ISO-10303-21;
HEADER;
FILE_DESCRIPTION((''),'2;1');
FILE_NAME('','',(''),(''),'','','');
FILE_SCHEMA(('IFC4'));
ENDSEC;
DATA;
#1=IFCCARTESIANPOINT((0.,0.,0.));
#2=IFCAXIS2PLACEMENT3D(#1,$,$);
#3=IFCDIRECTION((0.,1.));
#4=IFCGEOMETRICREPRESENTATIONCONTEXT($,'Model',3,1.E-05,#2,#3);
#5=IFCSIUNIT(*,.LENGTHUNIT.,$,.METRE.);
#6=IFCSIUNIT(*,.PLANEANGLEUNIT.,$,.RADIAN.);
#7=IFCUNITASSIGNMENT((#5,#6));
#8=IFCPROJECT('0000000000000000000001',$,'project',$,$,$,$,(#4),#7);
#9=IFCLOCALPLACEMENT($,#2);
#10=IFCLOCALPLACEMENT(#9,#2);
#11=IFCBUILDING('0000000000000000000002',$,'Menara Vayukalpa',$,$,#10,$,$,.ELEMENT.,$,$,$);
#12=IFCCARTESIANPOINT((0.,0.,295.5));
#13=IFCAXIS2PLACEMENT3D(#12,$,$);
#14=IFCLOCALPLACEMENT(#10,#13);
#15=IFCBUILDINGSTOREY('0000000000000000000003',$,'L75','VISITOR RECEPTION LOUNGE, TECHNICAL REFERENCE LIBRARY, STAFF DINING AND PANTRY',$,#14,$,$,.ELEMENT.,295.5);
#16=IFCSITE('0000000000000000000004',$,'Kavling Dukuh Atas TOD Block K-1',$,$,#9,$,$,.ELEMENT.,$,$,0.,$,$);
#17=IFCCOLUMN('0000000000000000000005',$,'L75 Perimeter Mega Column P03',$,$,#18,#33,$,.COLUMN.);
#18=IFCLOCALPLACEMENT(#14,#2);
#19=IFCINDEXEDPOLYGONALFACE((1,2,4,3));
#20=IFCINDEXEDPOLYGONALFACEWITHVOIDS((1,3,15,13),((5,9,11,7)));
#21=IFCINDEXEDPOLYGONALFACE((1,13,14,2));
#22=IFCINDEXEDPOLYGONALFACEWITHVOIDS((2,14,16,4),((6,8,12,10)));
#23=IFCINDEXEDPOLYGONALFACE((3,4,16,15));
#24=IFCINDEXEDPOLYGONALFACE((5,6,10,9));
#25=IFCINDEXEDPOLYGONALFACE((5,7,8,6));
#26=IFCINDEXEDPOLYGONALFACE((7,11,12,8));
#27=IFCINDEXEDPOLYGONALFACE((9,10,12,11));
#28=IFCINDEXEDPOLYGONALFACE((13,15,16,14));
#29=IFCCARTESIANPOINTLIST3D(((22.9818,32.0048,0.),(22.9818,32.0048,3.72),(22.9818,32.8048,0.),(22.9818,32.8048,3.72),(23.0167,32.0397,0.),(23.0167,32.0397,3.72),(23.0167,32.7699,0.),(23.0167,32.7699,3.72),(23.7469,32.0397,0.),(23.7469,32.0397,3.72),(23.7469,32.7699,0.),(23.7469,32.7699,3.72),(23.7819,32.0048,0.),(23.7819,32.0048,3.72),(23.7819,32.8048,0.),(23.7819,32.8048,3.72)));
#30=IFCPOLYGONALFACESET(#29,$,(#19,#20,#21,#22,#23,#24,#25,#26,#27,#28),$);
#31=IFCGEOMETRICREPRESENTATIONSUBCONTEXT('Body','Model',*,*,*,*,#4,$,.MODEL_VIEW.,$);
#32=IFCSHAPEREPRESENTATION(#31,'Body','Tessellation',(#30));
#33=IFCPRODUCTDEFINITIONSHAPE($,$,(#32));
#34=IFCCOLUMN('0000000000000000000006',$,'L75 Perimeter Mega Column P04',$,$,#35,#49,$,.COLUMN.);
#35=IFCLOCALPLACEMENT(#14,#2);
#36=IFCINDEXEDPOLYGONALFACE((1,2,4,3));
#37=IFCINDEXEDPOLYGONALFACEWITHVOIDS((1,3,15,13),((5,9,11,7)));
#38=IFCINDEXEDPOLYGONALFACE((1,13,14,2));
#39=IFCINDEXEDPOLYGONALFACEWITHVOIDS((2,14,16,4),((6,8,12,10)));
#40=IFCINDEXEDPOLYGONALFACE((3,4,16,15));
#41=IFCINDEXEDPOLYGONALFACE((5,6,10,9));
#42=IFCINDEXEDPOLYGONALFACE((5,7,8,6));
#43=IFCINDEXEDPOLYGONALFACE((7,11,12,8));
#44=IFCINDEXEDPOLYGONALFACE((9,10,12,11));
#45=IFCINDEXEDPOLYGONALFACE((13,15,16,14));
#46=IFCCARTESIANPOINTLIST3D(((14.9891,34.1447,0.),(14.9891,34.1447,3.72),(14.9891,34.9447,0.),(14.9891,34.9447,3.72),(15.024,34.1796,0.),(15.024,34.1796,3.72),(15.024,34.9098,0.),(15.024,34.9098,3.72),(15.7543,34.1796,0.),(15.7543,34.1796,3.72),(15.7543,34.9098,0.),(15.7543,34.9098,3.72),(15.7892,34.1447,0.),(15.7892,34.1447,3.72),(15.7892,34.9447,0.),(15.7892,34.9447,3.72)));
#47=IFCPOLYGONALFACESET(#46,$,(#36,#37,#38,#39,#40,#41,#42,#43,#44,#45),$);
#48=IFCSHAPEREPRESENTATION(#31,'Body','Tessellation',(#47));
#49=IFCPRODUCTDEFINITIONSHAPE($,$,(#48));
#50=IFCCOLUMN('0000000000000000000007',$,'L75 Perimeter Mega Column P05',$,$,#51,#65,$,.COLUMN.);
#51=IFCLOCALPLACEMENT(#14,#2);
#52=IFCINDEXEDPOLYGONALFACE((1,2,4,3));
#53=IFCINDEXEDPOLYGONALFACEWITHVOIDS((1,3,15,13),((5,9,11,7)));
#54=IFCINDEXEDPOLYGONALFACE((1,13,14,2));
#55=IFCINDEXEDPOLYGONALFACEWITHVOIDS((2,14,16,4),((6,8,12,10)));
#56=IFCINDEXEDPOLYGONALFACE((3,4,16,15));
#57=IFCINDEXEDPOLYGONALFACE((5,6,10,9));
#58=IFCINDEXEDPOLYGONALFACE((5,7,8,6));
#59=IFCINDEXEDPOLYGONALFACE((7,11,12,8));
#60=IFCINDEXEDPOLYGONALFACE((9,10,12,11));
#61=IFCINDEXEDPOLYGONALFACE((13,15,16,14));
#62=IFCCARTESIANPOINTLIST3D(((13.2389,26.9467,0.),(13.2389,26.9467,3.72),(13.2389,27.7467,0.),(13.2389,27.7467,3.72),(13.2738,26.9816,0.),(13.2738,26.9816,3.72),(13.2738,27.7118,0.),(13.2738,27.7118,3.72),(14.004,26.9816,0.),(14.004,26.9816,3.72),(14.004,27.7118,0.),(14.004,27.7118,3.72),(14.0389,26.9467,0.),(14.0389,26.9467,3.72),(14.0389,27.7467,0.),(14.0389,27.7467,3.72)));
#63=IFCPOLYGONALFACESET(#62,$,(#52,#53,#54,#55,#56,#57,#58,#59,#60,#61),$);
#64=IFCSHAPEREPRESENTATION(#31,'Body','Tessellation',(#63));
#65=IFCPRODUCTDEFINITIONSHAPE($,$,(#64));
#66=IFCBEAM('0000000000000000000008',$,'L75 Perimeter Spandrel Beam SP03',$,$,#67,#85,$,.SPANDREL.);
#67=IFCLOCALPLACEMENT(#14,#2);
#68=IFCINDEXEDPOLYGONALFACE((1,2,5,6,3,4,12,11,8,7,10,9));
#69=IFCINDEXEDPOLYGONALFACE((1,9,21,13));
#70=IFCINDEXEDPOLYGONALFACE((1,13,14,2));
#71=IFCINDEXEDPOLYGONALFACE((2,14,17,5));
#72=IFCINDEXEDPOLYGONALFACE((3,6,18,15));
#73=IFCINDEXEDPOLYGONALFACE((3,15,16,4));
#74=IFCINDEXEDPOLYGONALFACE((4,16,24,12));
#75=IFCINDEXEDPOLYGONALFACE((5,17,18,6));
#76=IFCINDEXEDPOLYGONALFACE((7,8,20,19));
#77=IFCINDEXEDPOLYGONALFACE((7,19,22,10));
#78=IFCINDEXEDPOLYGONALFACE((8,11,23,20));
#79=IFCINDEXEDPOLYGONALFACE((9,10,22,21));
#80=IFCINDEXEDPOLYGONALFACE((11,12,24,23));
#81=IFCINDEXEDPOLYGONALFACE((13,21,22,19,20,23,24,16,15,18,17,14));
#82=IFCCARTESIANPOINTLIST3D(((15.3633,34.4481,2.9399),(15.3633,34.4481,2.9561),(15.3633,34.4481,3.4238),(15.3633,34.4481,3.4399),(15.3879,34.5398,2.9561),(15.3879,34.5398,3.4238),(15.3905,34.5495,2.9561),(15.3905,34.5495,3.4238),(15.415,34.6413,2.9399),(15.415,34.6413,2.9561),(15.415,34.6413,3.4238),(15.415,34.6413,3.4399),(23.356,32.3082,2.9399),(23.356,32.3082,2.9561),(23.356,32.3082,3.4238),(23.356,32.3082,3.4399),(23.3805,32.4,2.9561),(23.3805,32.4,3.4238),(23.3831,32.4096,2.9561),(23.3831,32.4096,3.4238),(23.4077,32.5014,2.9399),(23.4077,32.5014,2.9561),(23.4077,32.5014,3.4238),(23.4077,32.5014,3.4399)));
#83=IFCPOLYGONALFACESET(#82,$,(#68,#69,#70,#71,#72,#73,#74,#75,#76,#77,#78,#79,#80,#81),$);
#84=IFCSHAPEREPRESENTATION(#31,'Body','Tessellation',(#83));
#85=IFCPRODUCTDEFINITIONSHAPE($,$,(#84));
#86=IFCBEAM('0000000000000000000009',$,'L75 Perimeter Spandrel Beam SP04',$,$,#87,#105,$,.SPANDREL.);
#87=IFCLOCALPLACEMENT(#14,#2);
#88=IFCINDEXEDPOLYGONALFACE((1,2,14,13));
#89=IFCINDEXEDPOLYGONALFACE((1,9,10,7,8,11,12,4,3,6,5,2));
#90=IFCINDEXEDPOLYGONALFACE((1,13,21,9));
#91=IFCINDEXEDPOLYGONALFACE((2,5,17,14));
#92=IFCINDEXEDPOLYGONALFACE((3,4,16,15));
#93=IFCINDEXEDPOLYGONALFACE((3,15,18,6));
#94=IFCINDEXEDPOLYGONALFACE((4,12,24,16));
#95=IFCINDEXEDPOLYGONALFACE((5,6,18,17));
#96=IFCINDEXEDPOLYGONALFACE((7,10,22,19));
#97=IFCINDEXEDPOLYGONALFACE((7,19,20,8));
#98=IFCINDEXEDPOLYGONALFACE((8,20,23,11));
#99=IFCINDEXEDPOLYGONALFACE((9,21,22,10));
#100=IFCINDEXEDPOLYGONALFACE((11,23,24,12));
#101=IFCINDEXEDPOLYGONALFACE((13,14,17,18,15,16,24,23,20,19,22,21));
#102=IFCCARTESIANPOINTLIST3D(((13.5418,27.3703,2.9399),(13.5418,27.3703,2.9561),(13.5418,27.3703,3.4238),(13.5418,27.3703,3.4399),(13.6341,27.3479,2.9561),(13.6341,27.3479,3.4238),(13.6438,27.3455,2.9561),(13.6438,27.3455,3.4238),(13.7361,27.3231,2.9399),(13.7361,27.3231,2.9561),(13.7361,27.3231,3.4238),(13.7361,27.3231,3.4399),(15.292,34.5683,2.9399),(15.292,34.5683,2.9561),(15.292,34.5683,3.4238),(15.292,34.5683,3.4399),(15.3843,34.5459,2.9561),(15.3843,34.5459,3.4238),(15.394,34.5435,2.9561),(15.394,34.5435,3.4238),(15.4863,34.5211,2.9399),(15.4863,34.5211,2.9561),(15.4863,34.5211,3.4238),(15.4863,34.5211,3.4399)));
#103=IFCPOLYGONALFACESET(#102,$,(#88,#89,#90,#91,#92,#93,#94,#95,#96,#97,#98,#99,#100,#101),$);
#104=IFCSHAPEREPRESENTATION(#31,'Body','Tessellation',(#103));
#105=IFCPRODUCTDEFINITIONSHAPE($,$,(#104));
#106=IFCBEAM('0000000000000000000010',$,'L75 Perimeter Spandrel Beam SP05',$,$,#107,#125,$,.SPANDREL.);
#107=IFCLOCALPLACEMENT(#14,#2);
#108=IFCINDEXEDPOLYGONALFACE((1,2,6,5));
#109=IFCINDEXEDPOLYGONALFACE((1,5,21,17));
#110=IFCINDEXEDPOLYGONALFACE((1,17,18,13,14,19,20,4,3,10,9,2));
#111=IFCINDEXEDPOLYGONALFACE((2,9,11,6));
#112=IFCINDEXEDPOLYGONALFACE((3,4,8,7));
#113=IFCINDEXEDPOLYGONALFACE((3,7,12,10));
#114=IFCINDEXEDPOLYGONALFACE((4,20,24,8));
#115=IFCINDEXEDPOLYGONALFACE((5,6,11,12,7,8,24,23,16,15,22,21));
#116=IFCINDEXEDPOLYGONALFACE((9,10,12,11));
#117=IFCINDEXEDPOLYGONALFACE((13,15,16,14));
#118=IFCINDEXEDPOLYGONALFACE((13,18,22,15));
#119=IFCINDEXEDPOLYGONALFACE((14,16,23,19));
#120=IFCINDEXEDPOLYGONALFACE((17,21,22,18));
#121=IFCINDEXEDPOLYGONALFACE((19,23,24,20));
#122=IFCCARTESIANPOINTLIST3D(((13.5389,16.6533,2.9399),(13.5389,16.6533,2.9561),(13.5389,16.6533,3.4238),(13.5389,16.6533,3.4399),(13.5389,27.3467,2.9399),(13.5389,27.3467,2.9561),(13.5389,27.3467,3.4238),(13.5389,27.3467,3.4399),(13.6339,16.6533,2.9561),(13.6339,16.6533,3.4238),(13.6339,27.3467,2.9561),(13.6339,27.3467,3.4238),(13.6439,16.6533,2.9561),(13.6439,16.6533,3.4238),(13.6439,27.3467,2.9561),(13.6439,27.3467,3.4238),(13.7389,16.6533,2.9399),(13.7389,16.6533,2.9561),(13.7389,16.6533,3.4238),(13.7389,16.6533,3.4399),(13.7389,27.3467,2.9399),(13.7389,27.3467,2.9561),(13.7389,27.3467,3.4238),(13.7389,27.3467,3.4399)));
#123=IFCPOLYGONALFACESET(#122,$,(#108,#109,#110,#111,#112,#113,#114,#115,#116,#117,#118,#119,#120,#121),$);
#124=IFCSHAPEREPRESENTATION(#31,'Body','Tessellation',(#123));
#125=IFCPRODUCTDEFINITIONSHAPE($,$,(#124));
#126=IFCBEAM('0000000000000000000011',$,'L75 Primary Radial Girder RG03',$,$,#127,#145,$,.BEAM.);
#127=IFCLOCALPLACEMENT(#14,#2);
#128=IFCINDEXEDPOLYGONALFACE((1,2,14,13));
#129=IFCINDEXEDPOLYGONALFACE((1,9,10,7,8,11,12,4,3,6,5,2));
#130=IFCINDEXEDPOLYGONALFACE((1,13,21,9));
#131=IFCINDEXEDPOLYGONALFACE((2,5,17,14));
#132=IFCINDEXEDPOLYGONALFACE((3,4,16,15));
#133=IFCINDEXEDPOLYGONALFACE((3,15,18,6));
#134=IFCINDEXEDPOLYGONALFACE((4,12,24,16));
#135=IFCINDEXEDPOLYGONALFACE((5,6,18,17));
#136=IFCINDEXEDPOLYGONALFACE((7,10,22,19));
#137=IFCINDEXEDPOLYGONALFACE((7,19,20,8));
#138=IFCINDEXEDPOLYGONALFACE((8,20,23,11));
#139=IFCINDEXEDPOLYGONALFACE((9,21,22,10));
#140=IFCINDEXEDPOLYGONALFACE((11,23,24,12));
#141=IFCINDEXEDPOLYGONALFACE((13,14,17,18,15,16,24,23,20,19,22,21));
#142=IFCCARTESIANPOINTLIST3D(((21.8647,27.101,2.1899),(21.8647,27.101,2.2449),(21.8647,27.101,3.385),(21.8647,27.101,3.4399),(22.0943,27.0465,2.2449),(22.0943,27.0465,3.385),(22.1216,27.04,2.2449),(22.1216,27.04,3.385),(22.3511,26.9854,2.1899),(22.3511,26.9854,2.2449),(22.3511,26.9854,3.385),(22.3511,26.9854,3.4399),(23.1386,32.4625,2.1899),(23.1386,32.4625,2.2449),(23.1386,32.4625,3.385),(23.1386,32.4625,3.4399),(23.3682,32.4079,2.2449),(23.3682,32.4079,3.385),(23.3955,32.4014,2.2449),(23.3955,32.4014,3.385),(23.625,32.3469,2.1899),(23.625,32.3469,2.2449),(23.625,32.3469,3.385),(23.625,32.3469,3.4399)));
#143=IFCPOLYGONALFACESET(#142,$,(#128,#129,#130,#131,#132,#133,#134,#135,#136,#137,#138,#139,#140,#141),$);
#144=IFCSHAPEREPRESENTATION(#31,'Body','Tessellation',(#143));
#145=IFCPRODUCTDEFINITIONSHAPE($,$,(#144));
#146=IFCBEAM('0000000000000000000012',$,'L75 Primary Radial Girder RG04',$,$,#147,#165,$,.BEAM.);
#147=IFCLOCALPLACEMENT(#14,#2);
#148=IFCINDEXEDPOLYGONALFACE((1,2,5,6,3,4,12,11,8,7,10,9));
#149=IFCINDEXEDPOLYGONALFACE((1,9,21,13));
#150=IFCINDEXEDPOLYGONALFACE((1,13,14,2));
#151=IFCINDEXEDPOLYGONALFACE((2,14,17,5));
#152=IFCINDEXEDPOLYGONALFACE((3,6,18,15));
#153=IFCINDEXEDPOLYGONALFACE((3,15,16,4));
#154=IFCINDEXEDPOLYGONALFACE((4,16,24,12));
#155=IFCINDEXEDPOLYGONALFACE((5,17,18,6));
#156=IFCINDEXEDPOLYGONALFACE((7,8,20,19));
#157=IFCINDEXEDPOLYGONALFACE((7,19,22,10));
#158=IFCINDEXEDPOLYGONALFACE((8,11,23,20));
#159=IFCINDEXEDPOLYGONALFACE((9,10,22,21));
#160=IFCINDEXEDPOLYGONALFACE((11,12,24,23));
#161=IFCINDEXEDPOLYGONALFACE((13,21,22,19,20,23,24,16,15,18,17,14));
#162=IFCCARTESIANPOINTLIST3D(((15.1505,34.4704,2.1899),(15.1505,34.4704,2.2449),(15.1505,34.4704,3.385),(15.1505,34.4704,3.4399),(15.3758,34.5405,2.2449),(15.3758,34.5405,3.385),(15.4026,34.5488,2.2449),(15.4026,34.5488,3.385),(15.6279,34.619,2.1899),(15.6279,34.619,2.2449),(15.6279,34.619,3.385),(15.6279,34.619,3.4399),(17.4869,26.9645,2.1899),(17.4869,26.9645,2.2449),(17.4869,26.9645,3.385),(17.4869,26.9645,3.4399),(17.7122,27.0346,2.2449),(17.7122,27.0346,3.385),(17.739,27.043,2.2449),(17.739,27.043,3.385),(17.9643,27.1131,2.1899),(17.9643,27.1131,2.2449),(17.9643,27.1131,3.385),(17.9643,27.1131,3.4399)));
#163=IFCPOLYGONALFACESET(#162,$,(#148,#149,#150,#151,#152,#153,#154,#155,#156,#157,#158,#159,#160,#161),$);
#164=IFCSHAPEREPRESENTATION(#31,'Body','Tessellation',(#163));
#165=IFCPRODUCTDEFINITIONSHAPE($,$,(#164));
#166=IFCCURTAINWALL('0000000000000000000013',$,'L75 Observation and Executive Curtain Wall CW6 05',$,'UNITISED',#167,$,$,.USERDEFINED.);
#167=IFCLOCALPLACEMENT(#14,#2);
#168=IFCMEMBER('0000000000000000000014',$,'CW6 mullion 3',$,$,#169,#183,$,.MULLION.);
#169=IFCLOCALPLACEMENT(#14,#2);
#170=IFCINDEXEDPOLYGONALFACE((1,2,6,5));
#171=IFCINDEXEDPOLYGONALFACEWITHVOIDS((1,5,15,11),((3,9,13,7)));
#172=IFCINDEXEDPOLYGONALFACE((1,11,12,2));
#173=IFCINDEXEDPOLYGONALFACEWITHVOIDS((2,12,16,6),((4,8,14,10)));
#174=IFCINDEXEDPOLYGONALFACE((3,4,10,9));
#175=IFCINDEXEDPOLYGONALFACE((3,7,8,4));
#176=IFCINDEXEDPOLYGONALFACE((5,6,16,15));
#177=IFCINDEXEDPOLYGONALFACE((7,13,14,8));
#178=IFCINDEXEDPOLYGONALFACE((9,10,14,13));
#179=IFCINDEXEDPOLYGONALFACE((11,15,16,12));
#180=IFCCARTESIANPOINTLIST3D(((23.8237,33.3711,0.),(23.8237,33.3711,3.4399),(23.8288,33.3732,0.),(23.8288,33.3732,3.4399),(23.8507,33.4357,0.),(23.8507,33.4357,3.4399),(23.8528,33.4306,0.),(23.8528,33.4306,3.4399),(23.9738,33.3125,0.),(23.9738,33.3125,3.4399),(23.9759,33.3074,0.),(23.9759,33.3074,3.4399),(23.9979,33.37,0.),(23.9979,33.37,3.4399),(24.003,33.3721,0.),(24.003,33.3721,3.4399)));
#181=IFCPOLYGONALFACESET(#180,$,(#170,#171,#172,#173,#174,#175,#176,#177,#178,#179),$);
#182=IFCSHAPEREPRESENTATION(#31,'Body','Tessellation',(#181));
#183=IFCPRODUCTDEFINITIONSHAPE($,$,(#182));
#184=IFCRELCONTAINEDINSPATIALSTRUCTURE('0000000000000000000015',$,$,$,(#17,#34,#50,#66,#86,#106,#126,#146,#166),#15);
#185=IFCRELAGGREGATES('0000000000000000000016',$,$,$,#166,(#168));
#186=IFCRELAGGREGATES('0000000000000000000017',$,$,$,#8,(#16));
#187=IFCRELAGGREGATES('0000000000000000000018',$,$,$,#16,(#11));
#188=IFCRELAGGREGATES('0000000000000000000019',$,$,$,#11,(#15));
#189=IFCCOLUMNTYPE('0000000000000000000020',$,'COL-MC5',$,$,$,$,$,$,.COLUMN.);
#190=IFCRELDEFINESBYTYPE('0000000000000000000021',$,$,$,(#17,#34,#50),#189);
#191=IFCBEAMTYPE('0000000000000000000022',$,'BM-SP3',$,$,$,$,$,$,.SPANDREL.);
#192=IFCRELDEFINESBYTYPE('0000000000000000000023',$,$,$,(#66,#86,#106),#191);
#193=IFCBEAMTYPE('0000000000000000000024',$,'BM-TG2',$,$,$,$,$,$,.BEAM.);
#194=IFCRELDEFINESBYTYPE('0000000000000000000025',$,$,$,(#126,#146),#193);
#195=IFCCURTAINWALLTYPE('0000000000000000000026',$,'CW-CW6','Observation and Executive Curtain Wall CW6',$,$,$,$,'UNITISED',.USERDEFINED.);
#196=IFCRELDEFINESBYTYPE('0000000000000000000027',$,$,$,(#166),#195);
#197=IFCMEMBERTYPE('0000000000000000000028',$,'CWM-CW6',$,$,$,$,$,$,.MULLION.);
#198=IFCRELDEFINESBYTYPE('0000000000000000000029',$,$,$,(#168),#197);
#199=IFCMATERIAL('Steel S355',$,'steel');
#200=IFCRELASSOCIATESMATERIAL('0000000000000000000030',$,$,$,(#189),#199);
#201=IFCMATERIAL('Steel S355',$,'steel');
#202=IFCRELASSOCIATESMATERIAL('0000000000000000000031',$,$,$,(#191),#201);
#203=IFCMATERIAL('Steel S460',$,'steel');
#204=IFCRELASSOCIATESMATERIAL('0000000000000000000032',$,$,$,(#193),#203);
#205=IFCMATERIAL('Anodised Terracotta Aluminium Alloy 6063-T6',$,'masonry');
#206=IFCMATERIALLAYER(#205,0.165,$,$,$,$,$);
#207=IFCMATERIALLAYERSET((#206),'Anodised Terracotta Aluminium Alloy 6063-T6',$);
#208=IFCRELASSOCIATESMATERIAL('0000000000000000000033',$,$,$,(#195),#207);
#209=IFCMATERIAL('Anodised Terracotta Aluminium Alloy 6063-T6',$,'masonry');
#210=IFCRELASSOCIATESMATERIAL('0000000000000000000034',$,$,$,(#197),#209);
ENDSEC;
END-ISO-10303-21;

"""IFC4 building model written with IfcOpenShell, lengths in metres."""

from ifc_helpers import new_model, si_unit, direction, frame, origin, origin_2d, place, context, subcontext, project, spatial, hollow_rectangle, i_section, extrude, material, layer, layer_set, material_profile, profile_set, type_object, element, aggregate, save


model = new_model("IFC4")

# Units and contexts
model_context = context("Model", 3, precision=1e-05, world=origin(), true_north=direction((0.0, 1.0)))
body_context = subcontext(model_context, "Body", "Model", "MODEL_VIEW")
ifc_project = project(units=[si_unit("LENGTHUNIT", "METRE"), si_unit("PLANEANGLEUNIT", "RADIAN")], contexts=[model_context])

# Site, building, storey
site_placement = place(None, origin())
site = spatial("IfcSite", under=ifc_project, at=site_placement, Name="Kavling Dukuh Atas TOD Block K-1", CompositionType="ELEMENT", RefElevation=0.0)
building_placement = place(site_placement, origin())
building = spatial("IfcBuilding", under=site, at=building_placement, Name="Menara Vayukalpa", CompositionType="ELEMENT")
storey_placement = place(building_placement, frame((0.0, 0.0, 295.5)))
storey = spatial("IfcBuildingStorey", under=building, at=storey_placement, Name="L75", Description="VISITOR RECEPTION LOUNGE, TECHNICAL REFERENCE LIBRARY, STAFF DINING AND PANTRY", CompositionType="ELEMENT", Elevation=295.5)

# Columns
ifc_material_1 = material(Name="Steel S355", Category="steel")
ifc_material_profile_1 = material_profile(ifc_material_1, hollow_rectangle(XDim=0.8, YDim=0.8, WallThickness=0.0349, at=origin_2d()), Name="BOX 800x800x35")
ifc_profile_set_1 = profile_set([ifc_material_profile_1], Name="Steel S355")
column_type = type_object("IfcColumnType", Name="COL-MC5", PredefinedType="COLUMN", material=ifc_profile_set_1)
for number, where, z_axis, x_axis, name in (
    (1, (23.3818, 32.4048, 0.0), (0.0, 0.0, 1.0), (1.0, 0.0, 0.0), "L75 Perimeter Mega Column P03"),
    (2, (15.3892, 34.5447, 0.0), (0.0, 0.0, 1.0), (1.0, 0.0, 0.0), "L75 Perimeter Mega Column P04"),
    (3, (13.6389, 27.3467, 0.0), (0.0, 0.0, 1.0), (1.0, 0.0, 0.0), "L75 Perimeter Mega Column P05"),
):
    element("IfcColumn", number, at=place(storey_placement, frame(where, z_axis=z_axis, x_axis=x_axis)), inside=storey, type_object=column_type, Name=name, PredefinedType="COLUMN", context=body_context, shape_type="SweptSolid", body=[
        extrude(hollow_rectangle(XDim=0.8, YDim=0.8, WallThickness=0.0349, at=origin_2d()), origin(), (0.0, 0.0, 1.0), 3.72),
    ])

# Beams
ifc_material_2 = material(Name="Steel S355", Category="steel")
ifc_material_profile_2 = material_profile(ifc_material_2, i_section(OverallWidth=0.2, OverallDepth=0.5, WebThickness=0.01, FlangeThickness=0.0161, at=origin_2d()), Name="WF 500x200x10x16")
ifc_profile_set_2 = profile_set([ifc_material_profile_2], Name="Steel S355")
beam_type_1 = type_object("IfcBeamType", Name="BM-SP3", PredefinedType="SPANDREL", material=ifc_profile_set_2)
beam_1_placement = place(storey_placement, frame((23.3818, 32.4048, 3.1899), z_axis=(-0.965978, 0.258623, 0.0), x_axis=(-0.258623, -0.965978, 0.0)))
element("IfcBeam", 4, at=beam_1_placement, inside=storey, type_object=beam_type_1, Name="L75 Perimeter Spandrel Beam SP03", PredefinedType="SPANDREL", context=body_context, shape_type="SweptSolid", body=[
    extrude(i_section(OverallWidth=0.2, OverallDepth=0.5, WebThickness=0.01, FlangeThickness=0.0161, at=origin_2d()), origin(), (0.0, 0.0, 1.0), 8.2742),
])
beam_2_placement = place(storey_placement, frame((15.3892, 34.5447, 3.1899), z_axis=(-0.236273, -0.971687, 0.0), x_axis=(0.971687, -0.236273, 0.0)))
element("IfcBeam", 5, at=beam_2_placement, inside=storey, type_object=beam_type_1, Name="L75 Perimeter Spandrel Beam SP04", PredefinedType="SPANDREL", context=body_context, shape_type="SweptSolid", body=[
    extrude(i_section(OverallWidth=0.2, OverallDepth=0.5, WebThickness=0.01, FlangeThickness=0.0161, at=origin_2d()), origin(), (0.0, 0.0, 1.0), 7.4077),
])
beam_3_placement = place(storey_placement, frame((13.6389, 27.3467, 3.1899), z_axis=(0.0, -1.0, 0.0), x_axis=(1.0, 0.0, 0.0)))
element("IfcBeam", 6, at=beam_3_placement, inside=storey, type_object=beam_type_1, Name="L75 Perimeter Spandrel Beam SP05", PredefinedType="SPANDREL", context=body_context, shape_type="SweptSolid", body=[
    extrude(i_section(OverallWidth=0.2, OverallDepth=0.5, WebThickness=0.01, FlangeThickness=0.0161, at=origin_2d()), origin(), (0.0, 0.0, 1.0), 10.6934),
])
ifc_material_3 = material(Name="Steel S460", Category="steel")
ifc_material_profile_3 = material_profile(ifc_material_3, i_section(OverallWidth=0.5, OverallDepth=1.25, WebThickness=0.0281, FlangeThickness=0.0549, at=origin_2d()), Name="WG 1250x500x28x55")
ifc_profile_set_3 = profile_set([ifc_material_profile_3], Name="Steel S460")
beam_type_2 = type_object("IfcBeamType", Name="BM-TG2", PredefinedType="BEAM", material=ifc_profile_set_3)
beam_4_placement = place(storey_placement, frame((22.1079, 27.0432, 2.8149), z_axis=(0.231167, 0.972914, 0.0), x_axis=(-0.972914, 0.231167, 0.0)))
element("IfcBeam", 7, at=beam_4_placement, inside=storey, type_object=beam_type_2, Name="L75 Primary Radial Girder RG03", PredefinedType="BEAM", context=body_context, shape_type="SweptSolid", body=[
    extrude(i_section(OverallWidth=0.5, OverallDepth=1.25, WebThickness=0.0281, FlangeThickness=0.0549, at=origin_2d()), origin(), (0.0, 0.0, 1.0), 5.5107),
])
beam_5_placement = place(storey_placement, frame((17.7256, 27.0388, 2.8149), z_axis=(-0.297214, 0.954811, 0.0), x_axis=(-0.954811, -0.297214, 0.0)))
element("IfcBeam", 8, at=beam_5_placement, inside=storey, type_object=beam_type_2, Name="L75 Primary Radial Girder RG04", PredefinedType="BEAM", context=body_context, shape_type="SweptSolid", body=[
    extrude(i_section(OverallWidth=0.5, OverallDepth=1.25, WebThickness=0.0281, FlangeThickness=0.0549, at=origin_2d()), origin(), (0.0, 0.0, 1.0), 7.8611),
])

# Curtain wall, member
ifc_material_4 = material(Name="Anodised Terracotta Aluminium Alloy 6063-T6", Category="masonry")
ifc_layer_1 = layer(ifc_material_4, 0.165)
ifc_layer_set_1 = layer_set([ifc_layer_1], Name="Anodised Terracotta Aluminium Alloy 6063-T6")
curtain_wall_type = type_object("IfcCurtainWallType", Name="CW-CW6", Description="Observation and Executive Curtain Wall CW6", ElementType="UNITISED", PredefinedType="USERDEFINED", material=ifc_layer_set_1)
curtain_wall_1_placement = place(storey_placement, origin())
curtain_wall_1 = element("IfcCurtainWall", 9, at=curtain_wall_1_placement, inside=storey, type_object=curtain_wall_type, Name="L75 Observation and Executive Curtain Wall CW6 05", ObjectType="UNITISED", PredefinedType="USERDEFINED")
ifc_material_5 = material(Name="Anodised Terracotta Aluminium Alloy 6063-T6", Category="masonry")
ifc_material_profile_4 = material_profile(ifc_material_5, hollow_rectangle(XDim=0.0701, YDim=0.165, WallThickness=0.0039, at=origin_2d()), Name="ALU 70x165x4")
ifc_profile_set_4 = profile_set([ifc_material_profile_4], Name="Anodised Terracotta Aluminium Alloy 6063-T6")
member_type_1 = type_object("IfcMemberType", Name="CWM-CW6", PredefinedType="MULLION", material=ifc_profile_set_4)
member_1_placement = place(storey_placement, frame((23.9133, 33.3716, 0.0), z_axis=(0.0, 0.0, 1.0), x_axis=(-0.3859, -0.922541, 0.0)))
member_1 = element("IfcMember", 10, at=member_1_placement, type_object=member_type_1, Name="CW6 mullion 3", PredefinedType="MULLION", context=body_context, shape_type="SweptSolid", body=[
    extrude(hollow_rectangle(XDim=0.0701, YDim=0.165, WallThickness=0.0039, at=origin_2d()), origin(), (0.0, 0.0, 1.0), 3.4399),
])
aggregate(curtain_wall_1, [member_1])

save(model, "model.ifc")
